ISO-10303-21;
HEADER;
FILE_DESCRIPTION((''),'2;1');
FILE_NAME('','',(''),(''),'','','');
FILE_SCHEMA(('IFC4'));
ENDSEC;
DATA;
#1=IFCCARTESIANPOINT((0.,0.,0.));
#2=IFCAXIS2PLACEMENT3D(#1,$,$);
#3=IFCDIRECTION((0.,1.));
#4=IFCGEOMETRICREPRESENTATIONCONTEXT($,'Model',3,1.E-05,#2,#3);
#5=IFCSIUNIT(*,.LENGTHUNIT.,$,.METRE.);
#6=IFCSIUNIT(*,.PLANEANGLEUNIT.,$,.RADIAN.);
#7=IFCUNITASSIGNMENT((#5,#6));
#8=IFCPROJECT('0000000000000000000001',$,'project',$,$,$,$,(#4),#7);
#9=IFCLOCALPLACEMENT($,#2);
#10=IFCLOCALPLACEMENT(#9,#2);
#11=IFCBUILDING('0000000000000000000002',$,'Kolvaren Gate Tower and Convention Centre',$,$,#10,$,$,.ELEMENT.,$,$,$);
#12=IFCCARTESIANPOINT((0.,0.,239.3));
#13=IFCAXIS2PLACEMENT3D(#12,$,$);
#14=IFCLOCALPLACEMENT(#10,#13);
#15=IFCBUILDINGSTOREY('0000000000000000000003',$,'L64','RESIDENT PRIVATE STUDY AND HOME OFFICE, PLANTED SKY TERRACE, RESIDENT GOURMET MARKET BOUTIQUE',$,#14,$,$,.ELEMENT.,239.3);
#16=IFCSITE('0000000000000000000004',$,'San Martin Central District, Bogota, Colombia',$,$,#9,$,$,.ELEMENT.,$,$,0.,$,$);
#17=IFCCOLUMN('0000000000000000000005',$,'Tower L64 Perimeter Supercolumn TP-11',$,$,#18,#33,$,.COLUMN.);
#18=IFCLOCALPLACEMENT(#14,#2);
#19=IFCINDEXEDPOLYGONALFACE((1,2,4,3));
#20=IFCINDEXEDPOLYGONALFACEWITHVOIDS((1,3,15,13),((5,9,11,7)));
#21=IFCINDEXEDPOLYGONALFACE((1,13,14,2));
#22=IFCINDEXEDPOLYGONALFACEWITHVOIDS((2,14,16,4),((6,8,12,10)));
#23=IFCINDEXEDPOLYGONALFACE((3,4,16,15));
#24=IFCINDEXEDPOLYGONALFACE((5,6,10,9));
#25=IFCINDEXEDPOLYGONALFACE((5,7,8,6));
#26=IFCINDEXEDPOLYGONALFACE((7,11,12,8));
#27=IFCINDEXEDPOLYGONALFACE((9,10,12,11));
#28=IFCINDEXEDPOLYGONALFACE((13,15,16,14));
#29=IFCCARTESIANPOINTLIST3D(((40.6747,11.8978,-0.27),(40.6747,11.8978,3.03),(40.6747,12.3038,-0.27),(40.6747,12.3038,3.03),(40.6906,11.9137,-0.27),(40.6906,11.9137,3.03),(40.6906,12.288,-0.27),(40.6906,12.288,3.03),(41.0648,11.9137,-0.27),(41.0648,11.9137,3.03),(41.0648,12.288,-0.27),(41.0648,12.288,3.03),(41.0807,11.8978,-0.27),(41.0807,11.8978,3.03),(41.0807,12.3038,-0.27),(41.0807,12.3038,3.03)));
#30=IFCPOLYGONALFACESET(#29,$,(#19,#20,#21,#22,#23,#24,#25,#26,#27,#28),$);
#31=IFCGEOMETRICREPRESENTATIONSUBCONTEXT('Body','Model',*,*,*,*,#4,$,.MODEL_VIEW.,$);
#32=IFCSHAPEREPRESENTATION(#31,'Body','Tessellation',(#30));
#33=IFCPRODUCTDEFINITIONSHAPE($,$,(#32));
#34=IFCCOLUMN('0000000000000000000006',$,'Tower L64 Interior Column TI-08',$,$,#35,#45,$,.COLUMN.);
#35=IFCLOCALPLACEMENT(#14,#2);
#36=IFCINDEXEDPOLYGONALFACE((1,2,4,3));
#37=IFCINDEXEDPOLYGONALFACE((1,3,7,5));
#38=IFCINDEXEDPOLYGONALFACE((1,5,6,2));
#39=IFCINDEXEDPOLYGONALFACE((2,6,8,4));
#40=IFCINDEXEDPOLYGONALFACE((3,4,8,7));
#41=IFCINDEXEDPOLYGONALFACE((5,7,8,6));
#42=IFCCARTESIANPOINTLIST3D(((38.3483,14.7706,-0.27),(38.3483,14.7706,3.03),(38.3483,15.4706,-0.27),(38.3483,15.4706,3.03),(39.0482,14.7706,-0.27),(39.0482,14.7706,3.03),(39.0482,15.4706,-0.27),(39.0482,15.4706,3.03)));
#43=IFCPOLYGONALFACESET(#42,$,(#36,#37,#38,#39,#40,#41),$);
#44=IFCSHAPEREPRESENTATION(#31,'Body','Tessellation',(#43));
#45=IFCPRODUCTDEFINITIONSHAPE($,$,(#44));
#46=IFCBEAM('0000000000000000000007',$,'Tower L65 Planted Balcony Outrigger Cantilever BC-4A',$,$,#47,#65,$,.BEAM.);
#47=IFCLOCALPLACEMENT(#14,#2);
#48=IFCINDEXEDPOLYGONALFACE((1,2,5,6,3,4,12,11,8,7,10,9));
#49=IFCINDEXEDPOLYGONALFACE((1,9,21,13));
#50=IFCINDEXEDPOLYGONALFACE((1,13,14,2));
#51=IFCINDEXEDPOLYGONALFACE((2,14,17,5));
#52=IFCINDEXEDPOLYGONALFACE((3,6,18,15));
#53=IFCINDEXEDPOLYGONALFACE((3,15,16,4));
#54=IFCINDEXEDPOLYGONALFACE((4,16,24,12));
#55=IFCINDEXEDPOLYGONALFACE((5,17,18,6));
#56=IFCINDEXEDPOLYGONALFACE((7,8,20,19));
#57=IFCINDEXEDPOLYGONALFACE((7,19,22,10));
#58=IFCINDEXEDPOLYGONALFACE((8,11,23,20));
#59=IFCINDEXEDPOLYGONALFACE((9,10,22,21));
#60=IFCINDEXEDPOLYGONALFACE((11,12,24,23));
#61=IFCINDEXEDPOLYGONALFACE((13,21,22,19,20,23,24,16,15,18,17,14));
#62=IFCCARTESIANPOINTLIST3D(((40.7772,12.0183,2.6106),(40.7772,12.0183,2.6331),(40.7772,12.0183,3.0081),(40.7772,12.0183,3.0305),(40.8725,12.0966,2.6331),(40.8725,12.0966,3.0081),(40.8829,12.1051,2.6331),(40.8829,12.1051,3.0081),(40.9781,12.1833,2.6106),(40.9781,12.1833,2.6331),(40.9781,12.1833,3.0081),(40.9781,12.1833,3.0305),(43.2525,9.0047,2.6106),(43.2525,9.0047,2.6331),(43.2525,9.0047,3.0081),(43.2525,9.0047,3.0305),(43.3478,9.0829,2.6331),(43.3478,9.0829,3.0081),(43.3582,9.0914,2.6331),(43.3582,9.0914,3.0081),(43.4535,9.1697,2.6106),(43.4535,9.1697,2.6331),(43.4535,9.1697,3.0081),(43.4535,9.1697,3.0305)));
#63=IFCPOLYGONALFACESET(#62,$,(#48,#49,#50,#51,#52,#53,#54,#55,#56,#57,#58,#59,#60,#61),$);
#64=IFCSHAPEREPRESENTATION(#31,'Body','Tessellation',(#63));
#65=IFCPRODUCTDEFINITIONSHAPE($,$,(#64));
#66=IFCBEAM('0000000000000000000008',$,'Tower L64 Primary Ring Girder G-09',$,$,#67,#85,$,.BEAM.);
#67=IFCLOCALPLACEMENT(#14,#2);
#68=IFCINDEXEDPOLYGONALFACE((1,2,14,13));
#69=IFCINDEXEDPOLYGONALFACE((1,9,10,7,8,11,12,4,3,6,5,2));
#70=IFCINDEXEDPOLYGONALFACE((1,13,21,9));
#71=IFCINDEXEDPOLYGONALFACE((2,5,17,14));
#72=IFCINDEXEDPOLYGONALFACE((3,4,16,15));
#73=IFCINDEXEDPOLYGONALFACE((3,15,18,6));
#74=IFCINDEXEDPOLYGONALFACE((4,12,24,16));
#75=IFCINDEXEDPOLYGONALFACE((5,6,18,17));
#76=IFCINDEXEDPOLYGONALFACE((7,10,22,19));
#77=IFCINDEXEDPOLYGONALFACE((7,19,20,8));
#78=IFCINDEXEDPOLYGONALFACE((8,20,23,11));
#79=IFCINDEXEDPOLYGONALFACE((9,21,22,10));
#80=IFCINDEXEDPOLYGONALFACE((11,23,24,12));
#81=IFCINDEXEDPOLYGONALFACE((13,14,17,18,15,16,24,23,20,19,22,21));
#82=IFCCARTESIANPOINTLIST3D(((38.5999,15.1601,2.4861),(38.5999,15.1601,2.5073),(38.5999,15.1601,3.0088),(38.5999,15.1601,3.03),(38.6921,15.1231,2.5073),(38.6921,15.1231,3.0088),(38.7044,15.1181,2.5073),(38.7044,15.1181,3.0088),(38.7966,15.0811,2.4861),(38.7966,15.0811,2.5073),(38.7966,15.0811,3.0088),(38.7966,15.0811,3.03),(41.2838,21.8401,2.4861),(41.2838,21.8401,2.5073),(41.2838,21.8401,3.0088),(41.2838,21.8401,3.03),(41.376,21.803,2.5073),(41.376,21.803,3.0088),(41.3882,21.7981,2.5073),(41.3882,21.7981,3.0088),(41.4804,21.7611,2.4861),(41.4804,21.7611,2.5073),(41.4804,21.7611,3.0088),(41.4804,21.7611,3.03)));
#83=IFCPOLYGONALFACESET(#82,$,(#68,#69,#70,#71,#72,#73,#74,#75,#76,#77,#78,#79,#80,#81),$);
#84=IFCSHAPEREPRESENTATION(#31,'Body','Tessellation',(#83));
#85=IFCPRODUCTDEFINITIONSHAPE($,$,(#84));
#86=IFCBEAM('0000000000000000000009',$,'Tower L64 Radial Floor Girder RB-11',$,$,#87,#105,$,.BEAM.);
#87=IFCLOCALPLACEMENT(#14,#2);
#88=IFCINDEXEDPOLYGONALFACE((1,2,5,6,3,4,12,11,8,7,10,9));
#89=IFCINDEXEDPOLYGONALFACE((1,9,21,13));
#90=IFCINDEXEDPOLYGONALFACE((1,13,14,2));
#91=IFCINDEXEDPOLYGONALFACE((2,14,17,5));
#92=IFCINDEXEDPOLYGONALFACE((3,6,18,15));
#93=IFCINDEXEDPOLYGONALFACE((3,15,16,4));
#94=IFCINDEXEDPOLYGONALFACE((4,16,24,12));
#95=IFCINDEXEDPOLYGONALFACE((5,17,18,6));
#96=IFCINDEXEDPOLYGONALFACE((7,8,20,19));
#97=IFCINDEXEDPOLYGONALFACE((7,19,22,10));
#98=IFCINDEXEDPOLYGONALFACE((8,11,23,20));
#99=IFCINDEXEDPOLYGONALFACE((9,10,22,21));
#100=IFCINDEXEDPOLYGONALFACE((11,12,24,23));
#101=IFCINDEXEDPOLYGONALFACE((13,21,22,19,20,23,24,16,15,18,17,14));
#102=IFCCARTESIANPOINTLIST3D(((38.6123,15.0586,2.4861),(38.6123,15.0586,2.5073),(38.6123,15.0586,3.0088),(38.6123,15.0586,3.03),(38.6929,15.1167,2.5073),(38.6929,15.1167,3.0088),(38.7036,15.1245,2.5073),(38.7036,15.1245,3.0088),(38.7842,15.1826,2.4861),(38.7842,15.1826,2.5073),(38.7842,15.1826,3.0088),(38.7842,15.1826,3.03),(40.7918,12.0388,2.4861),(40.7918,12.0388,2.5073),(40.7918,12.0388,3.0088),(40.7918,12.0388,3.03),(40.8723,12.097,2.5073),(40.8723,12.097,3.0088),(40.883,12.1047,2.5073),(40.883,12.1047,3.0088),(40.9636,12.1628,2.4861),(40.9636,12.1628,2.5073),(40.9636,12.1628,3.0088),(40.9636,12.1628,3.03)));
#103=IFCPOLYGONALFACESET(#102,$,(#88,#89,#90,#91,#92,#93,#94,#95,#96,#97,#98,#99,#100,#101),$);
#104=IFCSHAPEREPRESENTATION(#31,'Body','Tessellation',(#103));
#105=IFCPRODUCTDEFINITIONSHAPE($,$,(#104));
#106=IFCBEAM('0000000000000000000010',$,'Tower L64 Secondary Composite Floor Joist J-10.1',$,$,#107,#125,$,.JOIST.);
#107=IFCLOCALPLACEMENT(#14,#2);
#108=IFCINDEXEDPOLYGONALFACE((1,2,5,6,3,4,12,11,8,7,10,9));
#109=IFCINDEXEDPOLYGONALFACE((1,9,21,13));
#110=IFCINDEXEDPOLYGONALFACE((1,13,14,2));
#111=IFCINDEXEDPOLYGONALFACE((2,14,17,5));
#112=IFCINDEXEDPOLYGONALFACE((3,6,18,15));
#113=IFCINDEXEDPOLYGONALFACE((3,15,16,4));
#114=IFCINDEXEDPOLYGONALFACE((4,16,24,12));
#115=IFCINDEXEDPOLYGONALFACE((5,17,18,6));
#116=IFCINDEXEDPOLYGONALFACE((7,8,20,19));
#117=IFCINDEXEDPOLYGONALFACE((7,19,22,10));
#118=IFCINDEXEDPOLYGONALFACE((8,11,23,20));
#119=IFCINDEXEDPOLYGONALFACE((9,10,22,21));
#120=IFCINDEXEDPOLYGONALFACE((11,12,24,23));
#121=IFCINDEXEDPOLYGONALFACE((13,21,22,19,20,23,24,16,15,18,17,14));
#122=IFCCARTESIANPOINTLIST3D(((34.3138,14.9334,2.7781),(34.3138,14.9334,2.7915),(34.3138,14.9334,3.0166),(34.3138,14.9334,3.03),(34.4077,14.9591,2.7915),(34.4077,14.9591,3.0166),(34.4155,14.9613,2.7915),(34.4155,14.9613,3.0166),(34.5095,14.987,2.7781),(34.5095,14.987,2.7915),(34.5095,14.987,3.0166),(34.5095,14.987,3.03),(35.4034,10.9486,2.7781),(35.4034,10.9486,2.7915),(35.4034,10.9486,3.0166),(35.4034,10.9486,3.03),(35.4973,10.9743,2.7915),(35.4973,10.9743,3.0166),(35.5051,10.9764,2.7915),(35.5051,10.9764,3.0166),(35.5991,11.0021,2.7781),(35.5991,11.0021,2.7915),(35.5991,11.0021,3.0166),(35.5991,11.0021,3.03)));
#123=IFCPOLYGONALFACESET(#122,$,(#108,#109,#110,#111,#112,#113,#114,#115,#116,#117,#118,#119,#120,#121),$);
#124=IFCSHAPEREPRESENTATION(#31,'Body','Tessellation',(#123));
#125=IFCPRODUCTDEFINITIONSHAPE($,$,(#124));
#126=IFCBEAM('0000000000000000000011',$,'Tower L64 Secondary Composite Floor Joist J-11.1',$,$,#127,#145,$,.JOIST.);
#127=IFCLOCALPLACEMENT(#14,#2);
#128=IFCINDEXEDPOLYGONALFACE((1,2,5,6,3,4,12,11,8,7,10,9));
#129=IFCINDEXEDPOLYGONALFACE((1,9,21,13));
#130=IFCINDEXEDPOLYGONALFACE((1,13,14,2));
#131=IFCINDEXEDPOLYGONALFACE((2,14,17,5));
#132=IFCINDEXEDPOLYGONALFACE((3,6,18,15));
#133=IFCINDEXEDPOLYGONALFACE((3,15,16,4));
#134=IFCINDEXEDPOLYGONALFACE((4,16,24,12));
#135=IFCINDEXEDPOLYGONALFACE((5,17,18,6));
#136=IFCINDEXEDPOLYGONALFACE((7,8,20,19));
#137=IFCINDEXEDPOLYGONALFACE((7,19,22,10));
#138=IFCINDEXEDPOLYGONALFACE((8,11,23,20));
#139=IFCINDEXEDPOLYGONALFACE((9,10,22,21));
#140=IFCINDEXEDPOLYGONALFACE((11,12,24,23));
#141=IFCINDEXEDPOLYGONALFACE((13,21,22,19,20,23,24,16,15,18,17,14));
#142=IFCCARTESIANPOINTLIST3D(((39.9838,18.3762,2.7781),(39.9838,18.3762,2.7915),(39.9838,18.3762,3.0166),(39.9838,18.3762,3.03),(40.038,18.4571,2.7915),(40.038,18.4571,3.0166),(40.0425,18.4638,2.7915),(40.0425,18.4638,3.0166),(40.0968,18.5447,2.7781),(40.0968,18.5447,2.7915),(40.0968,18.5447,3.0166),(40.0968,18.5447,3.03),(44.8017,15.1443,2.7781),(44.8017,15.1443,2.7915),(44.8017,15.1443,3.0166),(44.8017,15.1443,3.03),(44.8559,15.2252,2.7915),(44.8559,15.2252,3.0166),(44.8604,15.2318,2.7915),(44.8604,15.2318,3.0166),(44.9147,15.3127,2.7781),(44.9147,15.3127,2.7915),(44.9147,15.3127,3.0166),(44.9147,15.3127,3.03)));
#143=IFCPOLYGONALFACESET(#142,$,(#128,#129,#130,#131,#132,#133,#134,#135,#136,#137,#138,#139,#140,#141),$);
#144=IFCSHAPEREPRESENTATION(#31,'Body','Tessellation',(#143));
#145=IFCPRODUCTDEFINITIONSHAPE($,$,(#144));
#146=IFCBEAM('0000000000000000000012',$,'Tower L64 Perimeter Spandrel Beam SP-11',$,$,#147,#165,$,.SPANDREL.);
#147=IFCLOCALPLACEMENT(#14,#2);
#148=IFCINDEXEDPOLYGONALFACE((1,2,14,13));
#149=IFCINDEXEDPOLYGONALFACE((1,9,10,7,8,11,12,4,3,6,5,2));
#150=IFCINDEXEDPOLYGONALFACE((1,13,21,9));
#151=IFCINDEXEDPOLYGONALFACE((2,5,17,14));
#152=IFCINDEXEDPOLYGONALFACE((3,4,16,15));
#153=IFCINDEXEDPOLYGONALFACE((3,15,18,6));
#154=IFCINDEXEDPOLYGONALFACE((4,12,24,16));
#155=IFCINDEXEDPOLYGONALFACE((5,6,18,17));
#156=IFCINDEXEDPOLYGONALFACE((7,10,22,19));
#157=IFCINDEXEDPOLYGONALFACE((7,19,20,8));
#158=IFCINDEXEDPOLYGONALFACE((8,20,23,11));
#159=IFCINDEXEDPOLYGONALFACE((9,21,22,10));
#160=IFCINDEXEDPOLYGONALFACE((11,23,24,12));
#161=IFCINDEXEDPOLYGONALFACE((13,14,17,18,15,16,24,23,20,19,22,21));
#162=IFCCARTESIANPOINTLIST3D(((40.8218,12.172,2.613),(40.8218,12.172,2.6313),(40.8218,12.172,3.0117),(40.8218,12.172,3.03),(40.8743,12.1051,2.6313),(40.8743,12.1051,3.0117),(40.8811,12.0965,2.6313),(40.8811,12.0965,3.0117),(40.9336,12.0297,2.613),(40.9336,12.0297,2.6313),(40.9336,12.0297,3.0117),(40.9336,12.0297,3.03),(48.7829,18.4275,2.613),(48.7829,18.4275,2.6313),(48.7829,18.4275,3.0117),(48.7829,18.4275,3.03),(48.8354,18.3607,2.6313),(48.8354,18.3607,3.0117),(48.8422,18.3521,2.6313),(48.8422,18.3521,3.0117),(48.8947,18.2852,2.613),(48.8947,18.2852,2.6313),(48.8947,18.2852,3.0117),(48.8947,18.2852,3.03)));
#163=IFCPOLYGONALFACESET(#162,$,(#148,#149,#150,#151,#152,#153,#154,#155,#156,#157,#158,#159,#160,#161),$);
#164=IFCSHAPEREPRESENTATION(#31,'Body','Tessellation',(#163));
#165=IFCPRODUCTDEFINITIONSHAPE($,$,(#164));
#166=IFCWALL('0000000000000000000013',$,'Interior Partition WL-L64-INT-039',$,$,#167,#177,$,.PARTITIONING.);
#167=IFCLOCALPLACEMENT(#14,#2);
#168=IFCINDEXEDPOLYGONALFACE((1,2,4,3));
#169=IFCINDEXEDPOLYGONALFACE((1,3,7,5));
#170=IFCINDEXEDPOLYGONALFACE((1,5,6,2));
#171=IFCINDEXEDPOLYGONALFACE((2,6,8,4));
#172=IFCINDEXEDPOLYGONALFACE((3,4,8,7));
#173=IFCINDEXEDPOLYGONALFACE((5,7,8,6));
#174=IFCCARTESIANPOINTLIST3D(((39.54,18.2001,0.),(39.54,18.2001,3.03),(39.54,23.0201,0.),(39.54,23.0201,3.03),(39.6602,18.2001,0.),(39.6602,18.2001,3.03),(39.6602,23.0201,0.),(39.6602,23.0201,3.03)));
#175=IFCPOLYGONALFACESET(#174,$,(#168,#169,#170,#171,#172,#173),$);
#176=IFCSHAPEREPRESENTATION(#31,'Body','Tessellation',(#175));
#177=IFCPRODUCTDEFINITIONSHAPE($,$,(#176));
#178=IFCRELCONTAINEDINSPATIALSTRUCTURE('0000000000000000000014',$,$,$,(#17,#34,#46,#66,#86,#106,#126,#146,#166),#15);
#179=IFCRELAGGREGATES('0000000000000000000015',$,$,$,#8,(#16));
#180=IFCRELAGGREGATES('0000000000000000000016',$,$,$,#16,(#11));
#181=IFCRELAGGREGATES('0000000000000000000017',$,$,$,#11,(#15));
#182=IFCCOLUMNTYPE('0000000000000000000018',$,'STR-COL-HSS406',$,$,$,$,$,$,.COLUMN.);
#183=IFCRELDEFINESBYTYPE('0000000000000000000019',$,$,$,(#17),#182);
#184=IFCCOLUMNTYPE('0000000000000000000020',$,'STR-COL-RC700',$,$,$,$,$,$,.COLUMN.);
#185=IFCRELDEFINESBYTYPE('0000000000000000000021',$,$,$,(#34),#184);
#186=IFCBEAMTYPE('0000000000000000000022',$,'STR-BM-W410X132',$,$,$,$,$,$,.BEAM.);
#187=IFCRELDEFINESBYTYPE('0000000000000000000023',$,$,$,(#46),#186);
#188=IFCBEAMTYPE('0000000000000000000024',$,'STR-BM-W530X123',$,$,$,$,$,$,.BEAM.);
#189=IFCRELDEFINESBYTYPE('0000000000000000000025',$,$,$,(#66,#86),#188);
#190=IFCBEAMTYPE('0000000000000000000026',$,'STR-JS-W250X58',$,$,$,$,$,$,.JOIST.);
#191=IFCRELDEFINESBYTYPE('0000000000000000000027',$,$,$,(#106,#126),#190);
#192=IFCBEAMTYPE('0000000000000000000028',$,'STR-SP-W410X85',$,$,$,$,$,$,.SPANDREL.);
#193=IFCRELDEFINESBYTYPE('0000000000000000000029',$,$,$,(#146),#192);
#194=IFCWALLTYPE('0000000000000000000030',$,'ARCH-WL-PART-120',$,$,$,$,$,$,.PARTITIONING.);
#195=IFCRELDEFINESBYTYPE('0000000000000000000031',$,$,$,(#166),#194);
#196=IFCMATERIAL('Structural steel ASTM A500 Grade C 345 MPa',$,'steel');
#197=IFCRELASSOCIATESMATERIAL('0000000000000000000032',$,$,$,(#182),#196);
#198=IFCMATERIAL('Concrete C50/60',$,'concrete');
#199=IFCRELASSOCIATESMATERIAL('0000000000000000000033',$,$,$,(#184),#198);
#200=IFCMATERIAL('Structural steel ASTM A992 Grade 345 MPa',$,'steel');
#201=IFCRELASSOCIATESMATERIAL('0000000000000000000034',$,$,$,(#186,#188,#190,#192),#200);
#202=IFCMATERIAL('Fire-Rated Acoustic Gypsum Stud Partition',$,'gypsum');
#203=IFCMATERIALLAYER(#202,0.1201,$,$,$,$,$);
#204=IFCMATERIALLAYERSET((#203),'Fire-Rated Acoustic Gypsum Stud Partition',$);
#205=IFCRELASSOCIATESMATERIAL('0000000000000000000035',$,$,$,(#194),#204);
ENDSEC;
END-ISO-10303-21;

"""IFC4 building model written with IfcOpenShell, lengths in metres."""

from ifc_helpers import new_model, si_unit, direction, frame, frame_2d, origin, origin_2d, place, context, subcontext, project, spatial, rectangle, hollow_rectangle, i_section, extrude, material, layer, layer_set, material_profile, profile_set, type_object, element, save


model = new_model("IFC4")

# Units and contexts
model_context = context("Model", 3, precision=1e-05, world=origin(), true_north=direction((0.0, 1.0)))
body_context = subcontext(model_context, "Body", "Model", "MODEL_VIEW")
ifc_project = project(units=[si_unit("LENGTHUNIT", "METRE"), si_unit("PLANEANGLEUNIT", "RADIAN")], contexts=[model_context])

# Site, building, storey
site_placement = place(None, origin())
site = spatial("IfcSite", under=ifc_project, at=site_placement, Name="San Martin Central District, Bogota, Colombia", CompositionType="ELEMENT", RefElevation=0.0)
building_placement = place(site_placement, origin())
building = spatial("IfcBuilding", under=site, at=building_placement, Name="Kolvaren Gate Tower and Convention Centre", CompositionType="ELEMENT")
storey_placement = place(building_placement, frame((0.0, 0.0, 239.3)))
storey = spatial("IfcBuildingStorey", under=building, at=storey_placement, Name="L64", Description="RESIDENT PRIVATE STUDY AND HOME OFFICE, PLANTED SKY TERRACE, RESIDENT GOURMET MARKET BOUTIQUE", CompositionType="ELEMENT", Elevation=239.3)

# Columns
ifc_material_1 = material(Name="Structural steel ASTM A500 Grade C 345 MPa", Category="steel")
ifc_material_profile_1 = material_profile(ifc_material_1, hollow_rectangle(XDim=0.406, YDim=0.406, WallThickness=0.0159, at=origin_2d()), Name="HSS406X406X15.9")
ifc_profile_set_1 = profile_set([ifc_material_profile_1], Name="Structural steel ASTM A500 Grade C 345 MPa")
column_type_1 = type_object("IfcColumnType", Name="STR-COL-HSS406", PredefinedType="COLUMN", material=ifc_profile_set_1)
column_1_placement = place(storey_placement, frame((40.8777, 12.1008, -0.27), z_axis=(0.0, 0.0, 1.0), x_axis=(1.0, 0.0, 0.0)))
element("IfcColumn", 1, at=column_1_placement, inside=storey, type_object=column_type_1, Name="Tower L64 Perimeter Supercolumn TP-11", PredefinedType="COLUMN", context=body_context, shape_type="SweptSolid", body=[
    extrude(hollow_rectangle(XDim=0.406, YDim=0.406, WallThickness=0.0159, at=origin_2d()), origin(), (0.0, 0.0, 1.0), 3.3),
])
ifc_material_2 = material(Name="Concrete C50/60", Category="concrete")
ifc_material_profile_2 = material_profile(ifc_material_2, rectangle(XDim=0.7, YDim=0.7, at=origin_2d()), Name="RC-COL-700X700")
ifc_profile_set_2 = profile_set([ifc_material_profile_2], Name="Concrete C50/60")
column_type_2 = type_object("IfcColumnType", Name="STR-COL-RC700", PredefinedType="COLUMN", material=ifc_profile_set_2)
column_2_placement = place(storey_placement, frame((38.6982, 15.1206, -0.27), z_axis=(0.0, 0.0, 1.0), x_axis=(1.0, 0.0, 0.0)))
element("IfcColumn", 2, at=column_2_placement, inside=storey, type_object=column_type_2, Name="Tower L64 Interior Column TI-08", PredefinedType="COLUMN", context=body_context, shape_type="SweptSolid", body=[
    extrude(rectangle(XDim=0.7, YDim=0.7, at=origin_2d()), origin(), (0.0, 0.0, 1.0), 3.3),
])

# Beams
ifc_material_3 = material(Name="Structural steel ASTM A992 Grade 345 MPa", Category="steel")
ifc_material_profile_3 = material_profile(ifc_material_3, i_section(OverallWidth=0.26, OverallDepth=0.4199, WebThickness=0.0134, FlangeThickness=0.0225, at=origin_2d()), Name="W410X132")
ifc_profile_set_3 = profile_set([ifc_material_profile_3], Name="Structural steel ASTM A992 Grade 345 MPa")
beam_type_1 = type_object("IfcBeamType", Name="STR-BM-W410X132", PredefinedType="BEAM", material=ifc_profile_set_3)
beam_1_placement = place(storey_placement, frame((40.8777, 12.1008, 2.8206), z_axis=(0.634713, -0.772748, 0.0), x_axis=(0.772748, 0.634713, 0.0)))
element("IfcBeam", 3, at=beam_1_placement, inside=storey, type_object=beam_type_1, Name="Tower L65 Planted Balcony Outrigger Cantilever BC-4A", PredefinedType="BEAM", context=body_context, shape_type="SweptSolid", body=[
    extrude(i_section(OverallWidth=0.26, OverallDepth=0.4199, WebThickness=0.0134, FlangeThickness=0.0225, at=origin_2d()), origin(), (0.0, 0.0, 1.0), 3.8999),
])
ifc_material_profile_4 = material_profile(ifc_material_3, i_section(OverallWidth=0.2119, OverallDepth=0.5439, WebThickness=0.0132, FlangeThickness=0.0212, at=origin_2d()), Name="W530X123")
ifc_profile_set_4 = profile_set([ifc_material_profile_4], Name="Structural steel ASTM A992 Grade 345 MPa")
beam_type_2 = type_object("IfcBeamType", Name="STR-BM-W530X123", PredefinedType="BEAM", material=ifc_profile_set_4)
beam_2_placement = place(storey_placement, frame((38.6982, 15.1206, 2.7581), z_axis=(0.372811, 0.927907, 0.0), x_axis=(-0.927907, 0.372811, 0.0)))
element("IfcBeam", 4, at=beam_2_placement, inside=storey, type_object=beam_type_2, Name="Tower L64 Primary Ring Girder G-09", PredefinedType="BEAM", context=body_context, shape_type="SweptSolid", body=[
    extrude(i_section(OverallWidth=0.2119, OverallDepth=0.5439, WebThickness=0.0132, FlangeThickness=0.0212, at=origin_2d()), origin(), (0.0, 0.0, 1.0), 7.199),
])
beam_3_placement = place(storey_placement, frame((38.6982, 15.1206, 2.7581), z_axis=(0.585225, -0.810871, 0.0), x_axis=(0.810871, 0.585225, 0.0)))
element("IfcBeam", 5, at=beam_3_placement, inside=storey, type_object=beam_type_2, Name="Tower L64 Radial Floor Girder RB-11", PredefinedType="BEAM", context=body_context, shape_type="SweptSolid", body=[
    extrude(i_section(OverallWidth=0.2119, OverallDepth=0.5439, WebThickness=0.0132, FlangeThickness=0.0212, at=origin_2d()), origin(), (0.0, 0.0, 1.0), 3.7241),
])
ifc_material_profile_5 = material_profile(ifc_material_3, i_section(OverallWidth=0.2029, OverallDepth=0.252, WebThickness=0.0081, FlangeThickness=0.0134, at=origin_2d()), Name="W250X58")
ifc_profile_set_5 = profile_set([ifc_material_profile_5], Name="Structural steel ASTM A992 Grade 345 MPa")
beam_type_3 = type_object("IfcBeamType", Name="STR-JS-W250X58", PredefinedType="JOIST", material=ifc_profile_set_5)
beam_4_placement = place(storey_placement, frame((34.4116, 14.9602, 2.9041), z_axis=(0.263752, -0.96459, 0.0), x_axis=(0.96459, 0.263752, 0.0)))
element("IfcBeam", 6, at=beam_4_placement, inside=storey, type_object=beam_type_3, Name="Tower L64 Secondary Composite Floor Joist J-10.1", PredefinedType="JOIST", context=body_context, shape_type="SweptSolid", body=[
    extrude(i_section(OverallWidth=0.2029, OverallDepth=0.252, WebThickness=0.0081, FlangeThickness=0.0134, at=origin_2d()), origin(), (0.0, 0.0, 1.0), 4.1311),
])
beam_5_placement = place(storey_placement, frame((40.0403, 18.4604, 2.9041), z_axis=(0.830454, -0.557087, 0.0), x_axis=(0.557087, 0.830454, 0.0)))
element("IfcBeam", 7, at=beam_5_placement, inside=storey, type_object=beam_type_3, Name="Tower L64 Secondary Composite Floor Joist J-11.1", PredefinedType="JOIST", context=body_context, shape_type="SweptSolid", body=[
    extrude(i_section(OverallWidth=0.2029, OverallDepth=0.252, WebThickness=0.0081, FlangeThickness=0.0134, at=origin_2d()), origin(), (0.0, 0.0, 1.0), 5.8015),
])
ifc_material_profile_6 = material_profile(ifc_material_3, i_section(OverallWidth=0.1809, OverallDepth=0.417, WebThickness=0.011, FlangeThickness=0.0183, at=origin_2d()), Name="W410X85")
ifc_profile_set_6 = profile_set([ifc_material_profile_6], Name="Structural steel ASTM A992 Grade 345 MPa")
beam_type_4 = type_object("IfcBeamType", Name="STR-SP-W410X85", PredefinedType="SPANDREL", material=ifc_profile_set_6)
beam_6_placement = place(storey_placement, frame((40.8777, 12.1008, 2.8215), z_axis=(0.786299, 0.617846, 0.0), x_axis=(-0.617846, 0.786299, 0.0)))
element("IfcBeam", 8, at=beam_6_placement, inside=storey, type_object=beam_type_4, Name="Tower L64 Perimeter Spandrel Beam SP-11", PredefinedType="SPANDREL", context=body_context, shape_type="SweptSolid", body=[
    extrude(i_section(OverallWidth=0.1809, OverallDepth=0.417, WebThickness=0.011, FlangeThickness=0.0183, at=origin_2d()), origin(), (0.0, 0.0, 1.0), 10.1248),
])

# Wall
ifc_material_4 = material(Name="Fire-Rated Acoustic Gypsum Stud Partition", Category="gypsum")
ifc_layer_1 = layer(ifc_material_4, 0.1201)
ifc_layer_set_1 = layer_set([ifc_layer_1], Name="Fire-Rated Acoustic Gypsum Stud Partition")
wall_type_1 = type_object("IfcWallType", Name="ARCH-WL-PART-120", PredefinedType="PARTITIONING", material=ifc_layer_set_1)
wall_1_placement = place(storey_placement, frame((39.6001, 18.2, 0.0), z_axis=(0.0, 0.0, 1.0), x_axis=(0.0, 1.0, 0.0)))
element("IfcWall", 9, at=wall_1_placement, inside=storey, type_object=wall_type_1, Name="Interior Partition WL-L64-INT-039", PredefinedType="PARTITIONING", context=body_context, shape_type="SweptSolid", body=[
    extrude(rectangle(XDim=4.8201, YDim=0.1201, at=frame_2d((2.4102, 0.0))), origin(), (0.0, 0.0, 1.0), 3.03),
])

save(model, "model.ifc")
